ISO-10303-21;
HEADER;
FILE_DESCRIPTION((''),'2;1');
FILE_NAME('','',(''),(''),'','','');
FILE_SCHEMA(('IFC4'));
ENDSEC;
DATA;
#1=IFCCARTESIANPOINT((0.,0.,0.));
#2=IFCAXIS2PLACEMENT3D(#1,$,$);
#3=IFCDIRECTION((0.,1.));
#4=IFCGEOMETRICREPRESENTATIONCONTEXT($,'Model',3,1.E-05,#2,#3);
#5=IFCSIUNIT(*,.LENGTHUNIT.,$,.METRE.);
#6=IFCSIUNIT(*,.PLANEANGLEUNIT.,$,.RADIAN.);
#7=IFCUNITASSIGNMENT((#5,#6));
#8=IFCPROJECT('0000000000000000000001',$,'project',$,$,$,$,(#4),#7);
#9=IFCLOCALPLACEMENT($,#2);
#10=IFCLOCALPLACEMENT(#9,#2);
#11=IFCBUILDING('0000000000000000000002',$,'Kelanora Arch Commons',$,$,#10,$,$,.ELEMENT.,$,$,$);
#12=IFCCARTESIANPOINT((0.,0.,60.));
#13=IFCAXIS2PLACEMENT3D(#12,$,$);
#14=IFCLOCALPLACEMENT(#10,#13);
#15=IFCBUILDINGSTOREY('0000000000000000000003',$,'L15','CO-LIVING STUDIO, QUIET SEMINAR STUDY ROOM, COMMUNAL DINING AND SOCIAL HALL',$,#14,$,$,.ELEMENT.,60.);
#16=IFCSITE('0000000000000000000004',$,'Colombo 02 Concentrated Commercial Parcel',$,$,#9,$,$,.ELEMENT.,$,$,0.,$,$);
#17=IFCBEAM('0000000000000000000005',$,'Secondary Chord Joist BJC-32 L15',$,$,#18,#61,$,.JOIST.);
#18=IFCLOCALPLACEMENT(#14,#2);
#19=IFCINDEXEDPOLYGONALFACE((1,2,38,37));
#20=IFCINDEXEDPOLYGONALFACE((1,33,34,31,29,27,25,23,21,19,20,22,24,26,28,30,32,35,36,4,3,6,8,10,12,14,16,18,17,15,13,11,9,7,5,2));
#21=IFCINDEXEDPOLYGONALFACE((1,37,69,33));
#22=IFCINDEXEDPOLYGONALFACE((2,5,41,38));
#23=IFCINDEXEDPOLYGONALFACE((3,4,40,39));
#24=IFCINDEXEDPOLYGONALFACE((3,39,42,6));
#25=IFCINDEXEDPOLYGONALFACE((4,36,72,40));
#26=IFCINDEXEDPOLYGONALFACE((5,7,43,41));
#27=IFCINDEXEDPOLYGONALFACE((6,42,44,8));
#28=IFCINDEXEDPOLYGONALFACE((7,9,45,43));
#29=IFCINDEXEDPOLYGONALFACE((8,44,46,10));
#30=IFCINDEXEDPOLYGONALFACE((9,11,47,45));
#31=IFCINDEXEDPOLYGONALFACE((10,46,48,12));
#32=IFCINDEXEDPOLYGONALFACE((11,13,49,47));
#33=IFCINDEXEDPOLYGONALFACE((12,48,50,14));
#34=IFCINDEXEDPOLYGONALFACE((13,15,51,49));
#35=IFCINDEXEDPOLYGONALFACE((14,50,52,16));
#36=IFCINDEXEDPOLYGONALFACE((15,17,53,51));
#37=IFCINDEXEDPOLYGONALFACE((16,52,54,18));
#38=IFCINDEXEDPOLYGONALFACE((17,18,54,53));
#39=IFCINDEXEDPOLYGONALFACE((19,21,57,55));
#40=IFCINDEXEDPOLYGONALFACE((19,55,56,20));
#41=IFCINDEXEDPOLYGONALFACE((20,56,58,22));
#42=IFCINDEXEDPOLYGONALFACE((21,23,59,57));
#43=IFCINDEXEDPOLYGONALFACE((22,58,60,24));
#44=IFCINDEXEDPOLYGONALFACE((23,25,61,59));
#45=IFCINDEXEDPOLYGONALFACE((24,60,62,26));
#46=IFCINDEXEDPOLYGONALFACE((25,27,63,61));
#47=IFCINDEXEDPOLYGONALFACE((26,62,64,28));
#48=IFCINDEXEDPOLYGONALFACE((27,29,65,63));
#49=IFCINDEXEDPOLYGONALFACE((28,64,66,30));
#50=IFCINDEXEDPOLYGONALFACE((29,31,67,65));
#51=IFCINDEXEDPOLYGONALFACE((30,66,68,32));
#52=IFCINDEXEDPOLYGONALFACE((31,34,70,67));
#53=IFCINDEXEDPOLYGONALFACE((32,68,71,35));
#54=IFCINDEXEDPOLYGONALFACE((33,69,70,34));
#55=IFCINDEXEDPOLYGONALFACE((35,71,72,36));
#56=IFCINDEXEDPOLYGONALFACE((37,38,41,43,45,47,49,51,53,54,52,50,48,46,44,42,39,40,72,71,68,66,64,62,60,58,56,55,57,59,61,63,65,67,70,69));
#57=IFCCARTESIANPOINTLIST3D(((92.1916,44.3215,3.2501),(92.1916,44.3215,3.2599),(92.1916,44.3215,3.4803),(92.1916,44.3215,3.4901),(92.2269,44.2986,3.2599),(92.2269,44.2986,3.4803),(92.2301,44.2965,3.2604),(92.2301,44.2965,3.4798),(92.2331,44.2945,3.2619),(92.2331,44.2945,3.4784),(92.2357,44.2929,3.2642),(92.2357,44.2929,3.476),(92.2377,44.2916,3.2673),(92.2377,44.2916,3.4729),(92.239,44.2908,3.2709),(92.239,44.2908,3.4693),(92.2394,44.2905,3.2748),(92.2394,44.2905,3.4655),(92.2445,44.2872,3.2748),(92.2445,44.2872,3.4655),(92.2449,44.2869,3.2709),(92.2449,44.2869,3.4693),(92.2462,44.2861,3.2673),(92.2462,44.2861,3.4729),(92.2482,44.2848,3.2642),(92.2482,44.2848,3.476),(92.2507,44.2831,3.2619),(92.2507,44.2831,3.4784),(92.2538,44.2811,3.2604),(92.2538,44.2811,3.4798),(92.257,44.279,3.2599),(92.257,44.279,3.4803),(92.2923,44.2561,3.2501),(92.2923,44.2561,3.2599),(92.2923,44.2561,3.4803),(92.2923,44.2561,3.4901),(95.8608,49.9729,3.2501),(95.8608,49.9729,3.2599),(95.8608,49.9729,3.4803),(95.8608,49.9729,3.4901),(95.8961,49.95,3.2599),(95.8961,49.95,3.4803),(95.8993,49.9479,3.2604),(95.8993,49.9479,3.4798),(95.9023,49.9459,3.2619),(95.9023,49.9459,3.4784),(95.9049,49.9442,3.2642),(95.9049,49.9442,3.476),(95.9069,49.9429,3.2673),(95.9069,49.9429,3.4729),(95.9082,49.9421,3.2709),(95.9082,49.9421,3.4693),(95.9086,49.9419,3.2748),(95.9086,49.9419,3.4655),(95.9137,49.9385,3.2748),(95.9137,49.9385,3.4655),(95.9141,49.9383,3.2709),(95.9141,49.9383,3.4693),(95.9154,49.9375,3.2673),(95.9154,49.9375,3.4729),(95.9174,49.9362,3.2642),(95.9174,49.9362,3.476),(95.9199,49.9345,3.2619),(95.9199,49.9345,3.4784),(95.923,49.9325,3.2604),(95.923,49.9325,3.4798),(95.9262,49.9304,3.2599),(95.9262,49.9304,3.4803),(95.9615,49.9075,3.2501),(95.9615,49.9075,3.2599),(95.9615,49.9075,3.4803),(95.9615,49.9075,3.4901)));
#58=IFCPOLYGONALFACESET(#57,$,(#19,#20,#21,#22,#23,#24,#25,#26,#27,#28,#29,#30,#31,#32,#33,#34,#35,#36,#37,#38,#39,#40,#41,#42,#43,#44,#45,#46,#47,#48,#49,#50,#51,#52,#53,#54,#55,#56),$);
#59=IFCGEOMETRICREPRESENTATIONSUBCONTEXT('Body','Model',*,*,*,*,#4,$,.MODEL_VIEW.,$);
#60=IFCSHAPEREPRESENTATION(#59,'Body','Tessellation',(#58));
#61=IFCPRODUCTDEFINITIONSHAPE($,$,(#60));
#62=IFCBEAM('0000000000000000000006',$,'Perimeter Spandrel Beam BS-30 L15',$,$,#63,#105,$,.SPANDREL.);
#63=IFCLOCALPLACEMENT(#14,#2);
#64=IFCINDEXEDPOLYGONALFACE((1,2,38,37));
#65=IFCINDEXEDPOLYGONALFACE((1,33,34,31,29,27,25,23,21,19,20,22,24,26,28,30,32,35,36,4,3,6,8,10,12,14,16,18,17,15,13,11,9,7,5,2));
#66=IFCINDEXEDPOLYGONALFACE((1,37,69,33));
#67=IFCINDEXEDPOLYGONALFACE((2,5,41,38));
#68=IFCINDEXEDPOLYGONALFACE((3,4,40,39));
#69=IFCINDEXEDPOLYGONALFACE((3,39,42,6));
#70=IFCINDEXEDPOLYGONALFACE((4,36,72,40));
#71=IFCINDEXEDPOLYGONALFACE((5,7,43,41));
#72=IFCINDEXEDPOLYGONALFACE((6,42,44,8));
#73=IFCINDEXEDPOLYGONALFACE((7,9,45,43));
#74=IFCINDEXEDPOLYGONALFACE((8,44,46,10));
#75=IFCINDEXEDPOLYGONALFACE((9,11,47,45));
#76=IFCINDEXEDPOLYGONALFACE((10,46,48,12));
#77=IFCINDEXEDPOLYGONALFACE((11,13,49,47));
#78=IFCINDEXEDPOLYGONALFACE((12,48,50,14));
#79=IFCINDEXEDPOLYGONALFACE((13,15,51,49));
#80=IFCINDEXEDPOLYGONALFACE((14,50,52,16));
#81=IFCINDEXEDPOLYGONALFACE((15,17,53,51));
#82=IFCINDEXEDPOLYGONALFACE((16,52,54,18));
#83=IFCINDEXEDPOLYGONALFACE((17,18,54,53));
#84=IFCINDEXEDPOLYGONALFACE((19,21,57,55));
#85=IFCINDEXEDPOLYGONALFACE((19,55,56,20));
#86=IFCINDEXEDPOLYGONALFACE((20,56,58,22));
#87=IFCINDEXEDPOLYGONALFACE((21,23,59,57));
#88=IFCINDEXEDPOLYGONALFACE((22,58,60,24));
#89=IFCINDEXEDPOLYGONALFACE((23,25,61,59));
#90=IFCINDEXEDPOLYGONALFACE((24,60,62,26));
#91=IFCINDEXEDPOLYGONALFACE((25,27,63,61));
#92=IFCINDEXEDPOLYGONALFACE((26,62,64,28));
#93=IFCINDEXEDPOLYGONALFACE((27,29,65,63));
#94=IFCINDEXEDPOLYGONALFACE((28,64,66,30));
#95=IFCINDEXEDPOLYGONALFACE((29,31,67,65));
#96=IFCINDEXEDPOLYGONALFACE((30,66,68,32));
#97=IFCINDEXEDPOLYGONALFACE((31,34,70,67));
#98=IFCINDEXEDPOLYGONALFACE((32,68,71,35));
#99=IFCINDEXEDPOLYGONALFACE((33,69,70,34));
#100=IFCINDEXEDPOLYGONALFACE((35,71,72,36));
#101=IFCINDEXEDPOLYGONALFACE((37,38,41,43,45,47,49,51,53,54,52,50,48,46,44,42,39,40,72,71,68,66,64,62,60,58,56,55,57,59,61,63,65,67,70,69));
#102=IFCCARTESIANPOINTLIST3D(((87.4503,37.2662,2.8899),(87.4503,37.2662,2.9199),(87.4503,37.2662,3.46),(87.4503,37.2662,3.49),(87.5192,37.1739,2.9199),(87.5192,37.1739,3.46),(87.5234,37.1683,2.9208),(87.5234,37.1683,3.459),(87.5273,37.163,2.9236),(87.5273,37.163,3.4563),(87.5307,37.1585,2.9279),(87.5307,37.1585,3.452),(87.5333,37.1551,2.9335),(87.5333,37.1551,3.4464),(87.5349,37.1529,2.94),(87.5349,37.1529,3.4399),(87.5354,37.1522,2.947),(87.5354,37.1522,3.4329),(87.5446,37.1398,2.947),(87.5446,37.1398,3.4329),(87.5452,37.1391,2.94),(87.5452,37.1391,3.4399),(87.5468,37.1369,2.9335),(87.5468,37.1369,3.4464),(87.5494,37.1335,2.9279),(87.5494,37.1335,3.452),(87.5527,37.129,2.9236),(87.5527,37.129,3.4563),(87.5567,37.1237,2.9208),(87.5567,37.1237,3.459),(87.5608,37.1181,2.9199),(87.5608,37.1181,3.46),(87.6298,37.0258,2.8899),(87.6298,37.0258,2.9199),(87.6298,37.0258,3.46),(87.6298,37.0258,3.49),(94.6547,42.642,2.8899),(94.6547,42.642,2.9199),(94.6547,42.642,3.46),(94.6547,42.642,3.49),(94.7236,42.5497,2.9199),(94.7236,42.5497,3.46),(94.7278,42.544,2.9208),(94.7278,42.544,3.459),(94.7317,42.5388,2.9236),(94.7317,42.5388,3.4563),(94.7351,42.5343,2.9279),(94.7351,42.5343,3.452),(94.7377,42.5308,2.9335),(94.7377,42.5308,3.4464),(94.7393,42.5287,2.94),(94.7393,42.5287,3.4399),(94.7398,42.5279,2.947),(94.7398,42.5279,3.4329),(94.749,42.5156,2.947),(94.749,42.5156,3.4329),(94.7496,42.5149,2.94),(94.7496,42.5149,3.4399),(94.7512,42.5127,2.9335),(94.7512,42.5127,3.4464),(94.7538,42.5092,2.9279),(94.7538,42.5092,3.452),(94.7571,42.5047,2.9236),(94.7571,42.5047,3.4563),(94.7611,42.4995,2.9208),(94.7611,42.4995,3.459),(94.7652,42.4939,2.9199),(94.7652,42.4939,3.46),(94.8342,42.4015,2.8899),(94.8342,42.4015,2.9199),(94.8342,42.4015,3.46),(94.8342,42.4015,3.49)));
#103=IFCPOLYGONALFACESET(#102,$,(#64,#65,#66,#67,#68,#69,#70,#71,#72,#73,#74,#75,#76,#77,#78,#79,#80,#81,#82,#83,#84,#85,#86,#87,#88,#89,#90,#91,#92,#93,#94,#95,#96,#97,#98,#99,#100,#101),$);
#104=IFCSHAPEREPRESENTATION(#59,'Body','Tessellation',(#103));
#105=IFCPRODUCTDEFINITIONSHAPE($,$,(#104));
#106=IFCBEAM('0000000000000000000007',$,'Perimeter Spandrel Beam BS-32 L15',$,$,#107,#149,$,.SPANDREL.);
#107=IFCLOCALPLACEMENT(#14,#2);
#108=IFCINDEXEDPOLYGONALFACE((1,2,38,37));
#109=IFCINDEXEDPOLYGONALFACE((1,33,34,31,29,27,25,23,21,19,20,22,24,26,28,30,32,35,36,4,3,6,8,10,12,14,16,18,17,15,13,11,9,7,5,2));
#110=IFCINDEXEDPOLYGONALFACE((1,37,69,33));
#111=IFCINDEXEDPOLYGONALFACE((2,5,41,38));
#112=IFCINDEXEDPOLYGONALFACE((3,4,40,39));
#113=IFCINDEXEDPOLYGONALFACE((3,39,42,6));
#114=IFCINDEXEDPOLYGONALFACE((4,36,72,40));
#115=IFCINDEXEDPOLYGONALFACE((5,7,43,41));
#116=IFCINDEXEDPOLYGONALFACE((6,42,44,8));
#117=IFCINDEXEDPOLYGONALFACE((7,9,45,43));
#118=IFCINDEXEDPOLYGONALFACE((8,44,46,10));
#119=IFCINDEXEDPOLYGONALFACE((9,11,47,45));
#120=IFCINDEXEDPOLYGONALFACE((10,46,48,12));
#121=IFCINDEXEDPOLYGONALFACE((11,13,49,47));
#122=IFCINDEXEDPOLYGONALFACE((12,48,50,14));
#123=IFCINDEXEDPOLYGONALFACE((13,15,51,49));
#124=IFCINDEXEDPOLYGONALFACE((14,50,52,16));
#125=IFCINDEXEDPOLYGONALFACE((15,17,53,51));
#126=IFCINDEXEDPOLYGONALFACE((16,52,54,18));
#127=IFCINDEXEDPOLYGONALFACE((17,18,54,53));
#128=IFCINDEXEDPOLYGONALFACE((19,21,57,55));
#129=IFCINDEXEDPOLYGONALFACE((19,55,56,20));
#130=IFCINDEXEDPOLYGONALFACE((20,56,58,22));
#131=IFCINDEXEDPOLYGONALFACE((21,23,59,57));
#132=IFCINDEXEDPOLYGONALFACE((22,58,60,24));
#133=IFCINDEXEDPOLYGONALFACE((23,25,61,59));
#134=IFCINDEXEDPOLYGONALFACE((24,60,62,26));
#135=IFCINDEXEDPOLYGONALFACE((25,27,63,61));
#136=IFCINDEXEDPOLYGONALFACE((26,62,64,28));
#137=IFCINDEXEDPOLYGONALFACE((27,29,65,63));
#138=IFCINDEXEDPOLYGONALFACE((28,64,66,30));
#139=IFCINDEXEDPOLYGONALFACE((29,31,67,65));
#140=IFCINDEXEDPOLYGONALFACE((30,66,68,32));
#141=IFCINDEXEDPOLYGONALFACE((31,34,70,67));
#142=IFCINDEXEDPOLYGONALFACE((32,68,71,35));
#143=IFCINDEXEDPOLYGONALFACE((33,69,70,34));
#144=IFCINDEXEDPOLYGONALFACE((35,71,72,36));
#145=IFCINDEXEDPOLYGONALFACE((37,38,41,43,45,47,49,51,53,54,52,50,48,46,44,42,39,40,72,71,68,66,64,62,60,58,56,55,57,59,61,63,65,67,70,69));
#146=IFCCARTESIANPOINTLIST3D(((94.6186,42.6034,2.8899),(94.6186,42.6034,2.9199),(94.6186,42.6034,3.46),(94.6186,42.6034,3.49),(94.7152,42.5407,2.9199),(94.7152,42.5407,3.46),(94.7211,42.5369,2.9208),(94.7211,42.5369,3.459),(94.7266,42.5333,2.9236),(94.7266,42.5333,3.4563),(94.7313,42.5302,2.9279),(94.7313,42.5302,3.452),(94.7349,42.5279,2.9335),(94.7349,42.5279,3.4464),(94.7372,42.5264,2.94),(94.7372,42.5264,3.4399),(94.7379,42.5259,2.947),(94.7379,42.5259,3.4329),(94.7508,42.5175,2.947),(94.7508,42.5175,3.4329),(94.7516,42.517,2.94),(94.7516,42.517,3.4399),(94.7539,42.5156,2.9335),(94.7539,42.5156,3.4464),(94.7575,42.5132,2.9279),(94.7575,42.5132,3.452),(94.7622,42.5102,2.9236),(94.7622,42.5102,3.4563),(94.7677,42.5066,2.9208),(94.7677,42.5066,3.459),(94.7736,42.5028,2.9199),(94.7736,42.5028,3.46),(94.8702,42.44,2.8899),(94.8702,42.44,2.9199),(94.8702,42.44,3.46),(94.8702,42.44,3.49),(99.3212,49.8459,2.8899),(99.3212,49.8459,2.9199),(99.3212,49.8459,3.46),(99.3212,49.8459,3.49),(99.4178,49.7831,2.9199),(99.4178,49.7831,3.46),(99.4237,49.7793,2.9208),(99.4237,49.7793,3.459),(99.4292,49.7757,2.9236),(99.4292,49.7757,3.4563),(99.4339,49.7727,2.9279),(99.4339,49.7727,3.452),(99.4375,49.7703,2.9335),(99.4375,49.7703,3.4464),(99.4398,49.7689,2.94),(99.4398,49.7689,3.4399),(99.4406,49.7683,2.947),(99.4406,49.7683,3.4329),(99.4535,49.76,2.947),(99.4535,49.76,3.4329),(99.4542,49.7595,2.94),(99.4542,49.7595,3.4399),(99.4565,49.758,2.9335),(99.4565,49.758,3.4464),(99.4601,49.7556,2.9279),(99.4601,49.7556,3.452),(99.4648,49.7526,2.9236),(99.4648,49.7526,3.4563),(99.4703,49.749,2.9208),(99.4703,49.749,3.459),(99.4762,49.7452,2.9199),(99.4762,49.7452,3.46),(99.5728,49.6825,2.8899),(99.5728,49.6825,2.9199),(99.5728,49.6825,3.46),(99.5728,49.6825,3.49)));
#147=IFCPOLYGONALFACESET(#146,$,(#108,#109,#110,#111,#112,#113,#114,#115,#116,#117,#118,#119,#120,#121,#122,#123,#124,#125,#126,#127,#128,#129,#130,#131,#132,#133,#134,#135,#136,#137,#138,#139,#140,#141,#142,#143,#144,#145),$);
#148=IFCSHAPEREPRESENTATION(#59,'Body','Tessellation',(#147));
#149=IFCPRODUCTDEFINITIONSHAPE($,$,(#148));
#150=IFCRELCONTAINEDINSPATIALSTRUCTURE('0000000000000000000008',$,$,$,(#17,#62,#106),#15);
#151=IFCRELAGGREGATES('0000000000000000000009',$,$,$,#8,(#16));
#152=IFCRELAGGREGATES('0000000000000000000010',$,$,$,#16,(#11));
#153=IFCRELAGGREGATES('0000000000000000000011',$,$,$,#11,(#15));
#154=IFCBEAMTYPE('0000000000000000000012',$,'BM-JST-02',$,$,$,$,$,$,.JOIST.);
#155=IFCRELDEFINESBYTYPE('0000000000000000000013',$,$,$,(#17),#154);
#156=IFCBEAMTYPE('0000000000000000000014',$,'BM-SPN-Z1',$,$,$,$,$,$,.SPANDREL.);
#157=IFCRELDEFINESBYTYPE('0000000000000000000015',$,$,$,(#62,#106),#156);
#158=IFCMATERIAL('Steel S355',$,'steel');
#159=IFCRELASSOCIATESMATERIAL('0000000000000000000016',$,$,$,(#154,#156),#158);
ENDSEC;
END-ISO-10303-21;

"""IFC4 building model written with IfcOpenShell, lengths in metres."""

from ifc_helpers import new_model, si_unit, direction, frame, origin, origin_2d, place, context, subcontext, project, spatial, i_section, extrude, material, material_profile, profile_set, type_object, element, save


model = new_model("IFC4")

# Units and contexts
model_context = context("Model", 3, precision=1e-05, world=origin(), true_north=direction((0.0, 1.0)))
body_context = subcontext(model_context, "Body", "Model", "MODEL_VIEW")
ifc_project = project(units=[si_unit("LENGTHUNIT", "METRE"), si_unit("PLANEANGLEUNIT", "RADIAN")], contexts=[model_context])

# Site, building, storey
site_placement = place(None, origin())
site = spatial("IfcSite", under=ifc_project, at=site_placement, Name="Colombo 02 Concentrated Commercial Parcel", CompositionType="ELEMENT", RefElevation=0.0)
building_placement = place(site_placement, origin())
building = spatial("IfcBuilding", under=site, at=building_placement, Name="Kelanora Arch Commons", CompositionType="ELEMENT")
storey_placement = place(building_placement, frame((0.0, 0.0, 60.0)))
storey = spatial("IfcBuildingStorey", under=building, at=storey_placement, Name="L15", Description="CO-LIVING STUDIO, QUIET SEMINAR STUDY ROOM, COMMUNAL DINING AND SOCIAL HALL", CompositionType="ELEMENT", Elevation=60.0)

# Beams
ifc_material_1 = material(Name="Steel S355", Category="steel")
ifc_material_profile_1 = material_profile(ifc_material_1, i_section(OverallWidth=0.1201, OverallDepth=0.24, WebThickness=0.0061, FlangeThickness=0.0098, FilletRadius=0.0149, at=origin_2d()), Name="IPE240")
ifc_profile_set_1 = profile_set([ifc_material_profile_1], Name="Steel S355")
beam_type_1 = type_object("IfcBeamType", Name="BM-JST-02", PredefinedType="JOIST", material=ifc_profile_set_1)
beam_1_placement = place(storey_placement, frame((92.2419, 44.2888, 3.3701), z_axis=(0.54455, 0.838728, 0.0), x_axis=(-0.838728, 0.54455, 0.0)))
element("IfcBeam", 1, at=beam_1_placement, inside=storey, type_object=beam_type_1, Name="Secondary Chord Joist BJC-32 L15", PredefinedType="JOIST", context=body_context, shape_type="SweptSolid", body=[
    extrude(i_section(OverallWidth=0.1201, OverallDepth=0.24, WebThickness=0.0061, FlangeThickness=0.0098, FilletRadius=0.0149, at=origin_2d()), origin(), (0.0, 0.0, 1.0), 6.738),
])
ifc_material_profile_2 = material_profile(ifc_material_1, i_section(OverallWidth=0.3, OverallDepth=0.6001, WebThickness=0.0154, FlangeThickness=0.03, FilletRadius=0.0271, at=origin_2d()), Name="HEB600")
ifc_profile_set_2 = profile_set([ifc_material_profile_2], Name="Steel S355")
beam_type_2 = type_object("IfcBeamType", Name="BM-SPN-Z1", PredefinedType="SPANDREL", material=ifc_profile_set_2)
beam_2_placement = place(storey_placement, frame((87.54, 37.146, 3.1899), z_axis=(0.801468, 0.598038, 0.0), x_axis=(-0.598038, 0.801468, 0.0)))
element("IfcBeam", 2, at=beam_2_placement, inside=storey, type_object=beam_type_2, Name="Perimeter Spandrel Beam BS-30 L15", PredefinedType="SPANDREL", context=body_context, shape_type="SweptSolid", body=[
    extrude(i_section(OverallWidth=0.3, OverallDepth=0.6001, WebThickness=0.0154, FlangeThickness=0.03, FilletRadius=0.0271, at=origin_2d()), origin(), (0.0, 0.0, 1.0), 8.989),
])
beam_3_placement = place(storey_placement, frame((94.7444, 42.5217, 3.1899), z_axis=(0.544586, 0.838705, 0.0), x_axis=(-0.838705, 0.544586, 0.0)))
element("IfcBeam", 3, at=beam_3_placement, inside=storey, type_object=beam_type_2, Name="Perimeter Spandrel Beam BS-32 L15", PredefinedType="SPANDREL", context=body_context, shape_type="SweptSolid", body=[
    extrude(i_section(OverallWidth=0.3, OverallDepth=0.6001, WebThickness=0.0154, FlangeThickness=0.03, FilletRadius=0.0271, at=origin_2d()), origin(), (0.0, 0.0, 1.0), 8.6353),
])

save(model, "model.ifc")
